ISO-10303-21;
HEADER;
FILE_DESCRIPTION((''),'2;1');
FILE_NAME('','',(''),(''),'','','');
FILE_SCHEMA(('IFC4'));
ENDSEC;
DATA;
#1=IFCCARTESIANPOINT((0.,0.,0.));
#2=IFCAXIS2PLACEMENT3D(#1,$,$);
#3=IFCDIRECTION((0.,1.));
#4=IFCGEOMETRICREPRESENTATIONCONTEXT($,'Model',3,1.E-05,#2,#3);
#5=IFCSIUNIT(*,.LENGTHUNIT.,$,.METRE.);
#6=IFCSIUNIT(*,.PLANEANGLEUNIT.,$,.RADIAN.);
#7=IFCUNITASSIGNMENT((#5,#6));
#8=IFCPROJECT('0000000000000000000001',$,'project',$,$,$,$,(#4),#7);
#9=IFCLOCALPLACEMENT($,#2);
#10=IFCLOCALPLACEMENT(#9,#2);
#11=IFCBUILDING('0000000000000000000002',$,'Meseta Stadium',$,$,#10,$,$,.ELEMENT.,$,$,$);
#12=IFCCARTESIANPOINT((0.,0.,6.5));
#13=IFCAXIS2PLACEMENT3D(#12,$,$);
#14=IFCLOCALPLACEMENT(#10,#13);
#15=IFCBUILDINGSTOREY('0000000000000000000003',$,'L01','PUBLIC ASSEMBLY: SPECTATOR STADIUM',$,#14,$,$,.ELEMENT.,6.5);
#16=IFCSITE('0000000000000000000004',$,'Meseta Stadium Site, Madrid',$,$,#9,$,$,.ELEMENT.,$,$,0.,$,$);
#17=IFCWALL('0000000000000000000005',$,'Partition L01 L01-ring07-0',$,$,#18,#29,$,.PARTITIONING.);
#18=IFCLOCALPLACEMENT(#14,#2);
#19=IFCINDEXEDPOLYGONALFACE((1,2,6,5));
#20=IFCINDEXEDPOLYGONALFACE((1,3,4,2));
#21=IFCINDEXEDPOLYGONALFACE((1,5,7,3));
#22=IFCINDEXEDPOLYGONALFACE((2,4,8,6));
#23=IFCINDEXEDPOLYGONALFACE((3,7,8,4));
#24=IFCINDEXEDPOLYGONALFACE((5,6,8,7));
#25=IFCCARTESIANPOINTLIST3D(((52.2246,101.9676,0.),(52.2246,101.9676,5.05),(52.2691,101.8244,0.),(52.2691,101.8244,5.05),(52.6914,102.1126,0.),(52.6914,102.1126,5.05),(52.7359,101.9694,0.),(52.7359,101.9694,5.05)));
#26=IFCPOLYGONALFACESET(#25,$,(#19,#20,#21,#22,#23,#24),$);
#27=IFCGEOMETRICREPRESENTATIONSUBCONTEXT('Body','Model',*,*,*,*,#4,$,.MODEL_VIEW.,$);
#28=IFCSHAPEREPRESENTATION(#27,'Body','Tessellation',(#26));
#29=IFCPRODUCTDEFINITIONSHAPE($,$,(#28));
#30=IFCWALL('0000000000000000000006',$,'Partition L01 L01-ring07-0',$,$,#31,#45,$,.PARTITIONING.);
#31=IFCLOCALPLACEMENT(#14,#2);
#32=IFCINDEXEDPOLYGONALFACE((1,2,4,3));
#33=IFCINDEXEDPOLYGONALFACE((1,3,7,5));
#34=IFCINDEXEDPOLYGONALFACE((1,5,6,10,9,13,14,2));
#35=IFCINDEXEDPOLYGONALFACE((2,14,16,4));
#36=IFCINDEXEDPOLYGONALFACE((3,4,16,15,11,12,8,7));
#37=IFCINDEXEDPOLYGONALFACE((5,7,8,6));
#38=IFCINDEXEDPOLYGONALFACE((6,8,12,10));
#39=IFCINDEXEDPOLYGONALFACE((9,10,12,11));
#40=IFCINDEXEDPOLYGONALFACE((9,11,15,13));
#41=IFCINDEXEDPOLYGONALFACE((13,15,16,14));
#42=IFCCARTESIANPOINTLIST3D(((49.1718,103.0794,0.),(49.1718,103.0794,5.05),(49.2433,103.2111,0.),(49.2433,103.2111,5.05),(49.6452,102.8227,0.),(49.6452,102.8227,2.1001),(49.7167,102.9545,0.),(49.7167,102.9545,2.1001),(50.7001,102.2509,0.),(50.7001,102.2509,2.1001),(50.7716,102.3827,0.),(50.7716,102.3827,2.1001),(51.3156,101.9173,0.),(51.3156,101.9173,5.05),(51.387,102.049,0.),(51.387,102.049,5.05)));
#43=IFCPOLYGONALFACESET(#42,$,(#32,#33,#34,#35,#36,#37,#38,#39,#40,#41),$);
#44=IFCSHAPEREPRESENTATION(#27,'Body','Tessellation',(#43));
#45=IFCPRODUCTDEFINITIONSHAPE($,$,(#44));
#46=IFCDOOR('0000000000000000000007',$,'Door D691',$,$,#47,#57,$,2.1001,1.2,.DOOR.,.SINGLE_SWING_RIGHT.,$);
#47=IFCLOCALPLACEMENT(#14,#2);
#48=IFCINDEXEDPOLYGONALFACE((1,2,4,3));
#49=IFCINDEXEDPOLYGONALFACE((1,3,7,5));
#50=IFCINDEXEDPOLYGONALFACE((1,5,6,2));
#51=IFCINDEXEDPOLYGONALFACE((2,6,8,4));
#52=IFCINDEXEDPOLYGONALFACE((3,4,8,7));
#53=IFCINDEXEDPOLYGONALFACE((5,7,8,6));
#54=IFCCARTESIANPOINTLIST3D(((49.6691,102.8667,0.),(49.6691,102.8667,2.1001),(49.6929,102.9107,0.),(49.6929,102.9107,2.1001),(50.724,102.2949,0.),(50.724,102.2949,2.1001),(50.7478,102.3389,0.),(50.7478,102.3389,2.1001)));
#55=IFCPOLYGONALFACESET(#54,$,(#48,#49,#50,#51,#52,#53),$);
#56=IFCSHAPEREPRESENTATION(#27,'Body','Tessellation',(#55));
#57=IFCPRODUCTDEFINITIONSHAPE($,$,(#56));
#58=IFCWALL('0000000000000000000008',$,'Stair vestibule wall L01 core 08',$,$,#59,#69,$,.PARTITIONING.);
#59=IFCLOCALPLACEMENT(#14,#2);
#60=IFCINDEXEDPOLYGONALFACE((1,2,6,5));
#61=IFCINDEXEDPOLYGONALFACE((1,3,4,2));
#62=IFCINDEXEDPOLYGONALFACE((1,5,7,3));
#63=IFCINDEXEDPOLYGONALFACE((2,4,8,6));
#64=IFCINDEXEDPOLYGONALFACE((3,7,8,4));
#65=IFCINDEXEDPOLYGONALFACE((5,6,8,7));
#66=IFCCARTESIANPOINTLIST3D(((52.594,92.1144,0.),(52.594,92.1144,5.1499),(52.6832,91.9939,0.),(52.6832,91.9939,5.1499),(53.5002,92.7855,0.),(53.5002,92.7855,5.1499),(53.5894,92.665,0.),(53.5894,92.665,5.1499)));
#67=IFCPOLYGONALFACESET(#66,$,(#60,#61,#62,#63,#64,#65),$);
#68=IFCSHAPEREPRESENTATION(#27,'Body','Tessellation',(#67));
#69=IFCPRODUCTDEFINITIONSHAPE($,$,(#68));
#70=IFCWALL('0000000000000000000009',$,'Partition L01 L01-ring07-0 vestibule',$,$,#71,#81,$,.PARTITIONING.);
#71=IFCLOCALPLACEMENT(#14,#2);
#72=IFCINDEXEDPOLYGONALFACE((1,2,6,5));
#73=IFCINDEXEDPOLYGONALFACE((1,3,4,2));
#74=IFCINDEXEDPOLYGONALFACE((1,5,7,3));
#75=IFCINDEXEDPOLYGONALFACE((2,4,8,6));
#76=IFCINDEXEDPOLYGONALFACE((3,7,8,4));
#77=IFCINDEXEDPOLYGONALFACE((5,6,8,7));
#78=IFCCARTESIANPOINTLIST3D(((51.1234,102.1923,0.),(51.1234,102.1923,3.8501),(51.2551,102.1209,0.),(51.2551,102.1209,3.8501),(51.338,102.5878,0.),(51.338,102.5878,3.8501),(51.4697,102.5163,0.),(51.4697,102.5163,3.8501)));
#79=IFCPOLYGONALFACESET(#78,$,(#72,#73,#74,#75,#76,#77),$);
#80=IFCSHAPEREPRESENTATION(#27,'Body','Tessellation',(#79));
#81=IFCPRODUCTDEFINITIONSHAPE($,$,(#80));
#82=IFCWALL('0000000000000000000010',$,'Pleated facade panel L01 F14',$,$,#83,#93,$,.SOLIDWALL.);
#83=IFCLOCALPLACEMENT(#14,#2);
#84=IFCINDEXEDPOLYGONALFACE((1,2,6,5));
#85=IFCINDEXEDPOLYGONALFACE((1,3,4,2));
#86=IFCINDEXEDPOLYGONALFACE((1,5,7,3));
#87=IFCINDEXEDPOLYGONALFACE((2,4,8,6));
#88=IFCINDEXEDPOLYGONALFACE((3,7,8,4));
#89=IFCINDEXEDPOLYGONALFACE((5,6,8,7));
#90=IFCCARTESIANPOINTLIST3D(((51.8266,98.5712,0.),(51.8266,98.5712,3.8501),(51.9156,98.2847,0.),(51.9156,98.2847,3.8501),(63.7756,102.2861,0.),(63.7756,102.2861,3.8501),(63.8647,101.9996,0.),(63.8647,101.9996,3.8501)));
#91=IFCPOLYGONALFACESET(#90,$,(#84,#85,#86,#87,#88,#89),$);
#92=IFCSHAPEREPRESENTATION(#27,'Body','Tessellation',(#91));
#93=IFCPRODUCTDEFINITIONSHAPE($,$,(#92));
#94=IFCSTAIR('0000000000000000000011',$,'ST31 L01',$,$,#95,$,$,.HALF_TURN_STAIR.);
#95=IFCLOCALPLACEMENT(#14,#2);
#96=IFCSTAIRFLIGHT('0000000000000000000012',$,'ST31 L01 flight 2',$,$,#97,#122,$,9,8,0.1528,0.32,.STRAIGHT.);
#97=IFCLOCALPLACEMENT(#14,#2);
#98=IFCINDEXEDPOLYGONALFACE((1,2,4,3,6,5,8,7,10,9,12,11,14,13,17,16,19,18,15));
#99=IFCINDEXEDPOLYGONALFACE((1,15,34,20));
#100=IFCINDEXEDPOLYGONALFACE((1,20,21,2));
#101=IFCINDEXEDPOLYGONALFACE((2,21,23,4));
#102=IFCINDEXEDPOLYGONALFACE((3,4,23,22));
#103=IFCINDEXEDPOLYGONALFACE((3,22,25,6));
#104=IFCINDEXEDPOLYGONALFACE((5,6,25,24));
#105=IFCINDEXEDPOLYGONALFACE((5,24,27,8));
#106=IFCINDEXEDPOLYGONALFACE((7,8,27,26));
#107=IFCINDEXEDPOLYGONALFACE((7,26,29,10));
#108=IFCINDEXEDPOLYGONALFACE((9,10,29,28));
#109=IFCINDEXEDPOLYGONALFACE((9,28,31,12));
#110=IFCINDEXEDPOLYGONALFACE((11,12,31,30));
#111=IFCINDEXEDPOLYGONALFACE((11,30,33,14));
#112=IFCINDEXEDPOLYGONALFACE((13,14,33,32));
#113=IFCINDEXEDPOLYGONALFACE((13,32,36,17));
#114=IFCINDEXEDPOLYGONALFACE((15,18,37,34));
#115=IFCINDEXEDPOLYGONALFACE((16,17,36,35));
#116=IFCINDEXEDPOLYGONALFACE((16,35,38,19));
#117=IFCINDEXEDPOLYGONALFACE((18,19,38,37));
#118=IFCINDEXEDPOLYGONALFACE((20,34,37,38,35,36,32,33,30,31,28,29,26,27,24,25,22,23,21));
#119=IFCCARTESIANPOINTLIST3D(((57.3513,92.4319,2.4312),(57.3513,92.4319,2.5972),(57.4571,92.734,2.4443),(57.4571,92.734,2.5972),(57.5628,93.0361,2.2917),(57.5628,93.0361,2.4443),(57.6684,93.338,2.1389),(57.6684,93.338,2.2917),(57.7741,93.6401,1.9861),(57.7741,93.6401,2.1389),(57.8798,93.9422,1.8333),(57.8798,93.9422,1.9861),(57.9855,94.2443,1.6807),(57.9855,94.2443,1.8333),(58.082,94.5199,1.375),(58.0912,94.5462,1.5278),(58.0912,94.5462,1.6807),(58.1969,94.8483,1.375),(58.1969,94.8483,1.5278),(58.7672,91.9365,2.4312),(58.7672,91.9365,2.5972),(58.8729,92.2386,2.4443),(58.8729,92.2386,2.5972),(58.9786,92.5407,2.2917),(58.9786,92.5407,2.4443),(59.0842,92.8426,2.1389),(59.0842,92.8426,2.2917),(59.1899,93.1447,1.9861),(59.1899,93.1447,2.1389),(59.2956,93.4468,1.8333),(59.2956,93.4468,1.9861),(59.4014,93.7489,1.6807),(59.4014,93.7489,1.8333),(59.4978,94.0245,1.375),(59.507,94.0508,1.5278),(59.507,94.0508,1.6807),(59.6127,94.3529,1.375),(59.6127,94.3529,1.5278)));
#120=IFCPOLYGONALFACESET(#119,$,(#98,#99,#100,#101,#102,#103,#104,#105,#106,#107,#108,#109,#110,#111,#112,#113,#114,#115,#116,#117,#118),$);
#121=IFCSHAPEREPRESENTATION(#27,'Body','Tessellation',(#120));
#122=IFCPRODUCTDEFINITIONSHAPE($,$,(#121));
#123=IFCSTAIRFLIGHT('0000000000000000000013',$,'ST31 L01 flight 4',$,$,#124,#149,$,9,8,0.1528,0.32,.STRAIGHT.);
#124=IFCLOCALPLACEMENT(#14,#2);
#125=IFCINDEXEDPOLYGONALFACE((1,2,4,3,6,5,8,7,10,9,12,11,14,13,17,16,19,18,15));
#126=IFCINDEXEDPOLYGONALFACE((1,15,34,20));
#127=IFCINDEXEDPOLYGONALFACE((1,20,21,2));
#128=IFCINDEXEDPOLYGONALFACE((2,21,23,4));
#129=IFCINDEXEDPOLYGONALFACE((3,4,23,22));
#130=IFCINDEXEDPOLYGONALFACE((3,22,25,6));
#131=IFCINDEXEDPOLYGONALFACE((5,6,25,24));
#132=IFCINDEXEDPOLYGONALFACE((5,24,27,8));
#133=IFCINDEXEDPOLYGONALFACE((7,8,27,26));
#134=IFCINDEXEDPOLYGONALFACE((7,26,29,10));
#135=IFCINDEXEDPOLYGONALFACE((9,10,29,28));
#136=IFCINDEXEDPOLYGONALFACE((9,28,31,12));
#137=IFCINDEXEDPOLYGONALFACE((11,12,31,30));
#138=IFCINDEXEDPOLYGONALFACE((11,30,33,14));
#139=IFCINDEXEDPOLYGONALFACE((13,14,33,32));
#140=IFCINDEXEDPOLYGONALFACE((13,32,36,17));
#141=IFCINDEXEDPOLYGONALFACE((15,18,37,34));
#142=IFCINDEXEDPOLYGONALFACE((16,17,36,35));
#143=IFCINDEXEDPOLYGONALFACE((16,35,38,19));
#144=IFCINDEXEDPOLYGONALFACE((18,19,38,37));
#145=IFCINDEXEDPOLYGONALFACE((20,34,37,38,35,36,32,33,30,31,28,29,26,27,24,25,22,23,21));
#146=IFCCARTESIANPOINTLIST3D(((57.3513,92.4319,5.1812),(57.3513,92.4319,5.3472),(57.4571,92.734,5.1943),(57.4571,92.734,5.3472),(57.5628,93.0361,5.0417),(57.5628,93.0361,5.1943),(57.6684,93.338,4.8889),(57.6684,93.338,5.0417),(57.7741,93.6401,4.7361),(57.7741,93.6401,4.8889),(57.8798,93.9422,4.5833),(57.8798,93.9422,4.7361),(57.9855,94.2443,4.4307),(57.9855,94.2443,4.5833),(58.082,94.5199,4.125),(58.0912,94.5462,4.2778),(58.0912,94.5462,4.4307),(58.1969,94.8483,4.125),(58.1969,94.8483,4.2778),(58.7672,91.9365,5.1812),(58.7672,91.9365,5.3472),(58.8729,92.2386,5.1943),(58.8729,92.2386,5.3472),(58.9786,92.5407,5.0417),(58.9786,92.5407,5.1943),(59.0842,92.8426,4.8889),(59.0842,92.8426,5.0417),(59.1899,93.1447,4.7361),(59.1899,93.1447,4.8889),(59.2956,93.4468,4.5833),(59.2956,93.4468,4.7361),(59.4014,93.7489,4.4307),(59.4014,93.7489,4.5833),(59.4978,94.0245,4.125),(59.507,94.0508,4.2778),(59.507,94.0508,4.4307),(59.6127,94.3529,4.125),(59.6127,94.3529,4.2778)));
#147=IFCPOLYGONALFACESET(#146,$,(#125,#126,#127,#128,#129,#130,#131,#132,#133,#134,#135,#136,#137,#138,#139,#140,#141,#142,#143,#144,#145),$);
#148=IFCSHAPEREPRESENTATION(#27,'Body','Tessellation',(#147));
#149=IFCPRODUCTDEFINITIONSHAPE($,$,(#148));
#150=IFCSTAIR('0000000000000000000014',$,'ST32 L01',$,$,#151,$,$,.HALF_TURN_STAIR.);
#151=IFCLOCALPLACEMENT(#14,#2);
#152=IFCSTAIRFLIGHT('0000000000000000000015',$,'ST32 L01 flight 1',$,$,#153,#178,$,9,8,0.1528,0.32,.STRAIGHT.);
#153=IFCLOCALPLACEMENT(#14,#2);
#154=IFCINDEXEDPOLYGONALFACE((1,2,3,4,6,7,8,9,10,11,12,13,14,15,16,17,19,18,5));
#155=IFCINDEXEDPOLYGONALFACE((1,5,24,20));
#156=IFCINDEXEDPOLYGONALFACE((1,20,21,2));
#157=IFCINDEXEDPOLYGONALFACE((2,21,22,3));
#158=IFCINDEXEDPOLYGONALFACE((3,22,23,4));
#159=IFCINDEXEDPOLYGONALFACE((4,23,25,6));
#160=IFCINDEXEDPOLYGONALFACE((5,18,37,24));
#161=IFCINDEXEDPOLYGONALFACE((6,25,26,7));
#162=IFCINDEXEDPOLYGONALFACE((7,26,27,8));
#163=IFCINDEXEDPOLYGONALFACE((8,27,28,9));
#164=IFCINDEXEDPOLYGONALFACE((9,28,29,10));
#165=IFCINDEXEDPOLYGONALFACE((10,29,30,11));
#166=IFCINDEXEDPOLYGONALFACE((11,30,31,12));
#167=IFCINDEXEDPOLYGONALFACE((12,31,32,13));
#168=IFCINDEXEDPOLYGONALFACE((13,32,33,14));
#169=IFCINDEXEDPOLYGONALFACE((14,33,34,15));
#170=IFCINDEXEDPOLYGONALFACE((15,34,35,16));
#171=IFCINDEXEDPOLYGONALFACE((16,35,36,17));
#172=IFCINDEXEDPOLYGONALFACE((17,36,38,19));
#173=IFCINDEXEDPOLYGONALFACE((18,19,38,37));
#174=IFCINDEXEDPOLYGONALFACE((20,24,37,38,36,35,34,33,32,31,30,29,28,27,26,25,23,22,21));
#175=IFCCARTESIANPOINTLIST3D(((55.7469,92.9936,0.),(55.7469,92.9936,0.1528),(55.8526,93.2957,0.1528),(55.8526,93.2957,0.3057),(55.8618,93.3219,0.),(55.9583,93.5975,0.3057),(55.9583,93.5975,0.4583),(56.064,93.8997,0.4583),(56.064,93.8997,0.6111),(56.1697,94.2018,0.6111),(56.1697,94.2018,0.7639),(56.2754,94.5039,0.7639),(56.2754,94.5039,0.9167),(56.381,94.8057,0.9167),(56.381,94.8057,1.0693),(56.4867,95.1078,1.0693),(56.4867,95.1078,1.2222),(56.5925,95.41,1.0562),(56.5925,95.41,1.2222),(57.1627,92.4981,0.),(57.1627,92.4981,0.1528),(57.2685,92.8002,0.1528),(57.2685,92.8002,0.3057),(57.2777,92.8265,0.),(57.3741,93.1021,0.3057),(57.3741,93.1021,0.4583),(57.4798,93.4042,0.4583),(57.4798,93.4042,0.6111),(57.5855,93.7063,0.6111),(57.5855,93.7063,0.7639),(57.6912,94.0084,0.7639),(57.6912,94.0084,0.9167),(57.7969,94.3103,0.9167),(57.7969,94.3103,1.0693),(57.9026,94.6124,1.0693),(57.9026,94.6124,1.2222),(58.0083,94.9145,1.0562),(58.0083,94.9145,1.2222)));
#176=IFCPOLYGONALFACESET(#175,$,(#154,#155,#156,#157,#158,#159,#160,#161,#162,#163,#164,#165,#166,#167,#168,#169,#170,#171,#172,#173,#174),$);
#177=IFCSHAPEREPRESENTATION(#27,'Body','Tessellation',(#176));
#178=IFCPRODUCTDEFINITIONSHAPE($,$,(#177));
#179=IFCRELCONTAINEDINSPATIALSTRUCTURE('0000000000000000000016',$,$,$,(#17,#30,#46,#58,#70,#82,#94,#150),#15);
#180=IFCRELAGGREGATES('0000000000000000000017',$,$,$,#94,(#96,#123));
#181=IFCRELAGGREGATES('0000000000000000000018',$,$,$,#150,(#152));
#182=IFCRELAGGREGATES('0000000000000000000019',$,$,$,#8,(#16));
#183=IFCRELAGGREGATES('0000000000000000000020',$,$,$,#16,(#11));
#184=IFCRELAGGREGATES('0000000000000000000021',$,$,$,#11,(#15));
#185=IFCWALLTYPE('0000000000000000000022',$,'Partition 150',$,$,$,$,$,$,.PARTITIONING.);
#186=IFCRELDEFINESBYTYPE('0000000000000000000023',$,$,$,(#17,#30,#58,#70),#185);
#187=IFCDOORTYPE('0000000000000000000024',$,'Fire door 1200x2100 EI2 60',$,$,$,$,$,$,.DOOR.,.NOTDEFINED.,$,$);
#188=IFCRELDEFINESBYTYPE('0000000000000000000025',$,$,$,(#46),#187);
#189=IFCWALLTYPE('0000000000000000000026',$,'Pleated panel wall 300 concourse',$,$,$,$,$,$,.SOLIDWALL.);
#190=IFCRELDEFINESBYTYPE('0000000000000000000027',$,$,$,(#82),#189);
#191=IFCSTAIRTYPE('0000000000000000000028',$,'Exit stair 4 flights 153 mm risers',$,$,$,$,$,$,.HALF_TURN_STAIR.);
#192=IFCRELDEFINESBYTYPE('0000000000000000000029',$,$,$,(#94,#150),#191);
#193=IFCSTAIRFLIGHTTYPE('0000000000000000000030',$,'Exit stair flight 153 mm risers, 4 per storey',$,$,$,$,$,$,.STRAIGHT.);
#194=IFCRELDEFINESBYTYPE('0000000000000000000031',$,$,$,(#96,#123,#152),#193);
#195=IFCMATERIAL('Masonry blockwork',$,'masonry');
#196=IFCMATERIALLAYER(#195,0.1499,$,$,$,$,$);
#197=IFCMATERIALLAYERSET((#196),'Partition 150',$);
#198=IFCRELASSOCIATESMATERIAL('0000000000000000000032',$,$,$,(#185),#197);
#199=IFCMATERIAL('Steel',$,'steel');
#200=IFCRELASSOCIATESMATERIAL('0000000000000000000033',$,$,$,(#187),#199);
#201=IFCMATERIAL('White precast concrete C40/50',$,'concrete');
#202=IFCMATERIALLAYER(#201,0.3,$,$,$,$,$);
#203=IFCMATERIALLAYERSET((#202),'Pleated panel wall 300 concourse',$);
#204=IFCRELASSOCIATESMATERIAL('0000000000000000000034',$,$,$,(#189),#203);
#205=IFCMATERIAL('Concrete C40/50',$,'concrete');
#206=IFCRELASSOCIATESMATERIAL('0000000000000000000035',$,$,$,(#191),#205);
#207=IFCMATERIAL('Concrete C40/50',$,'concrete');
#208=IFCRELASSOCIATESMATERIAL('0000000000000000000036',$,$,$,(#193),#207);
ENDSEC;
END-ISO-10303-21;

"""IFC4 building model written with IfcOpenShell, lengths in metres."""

from ifc_helpers import new_model, si_unit, direction, frame, frame_2d, origin, place, context, subcontext, project, spatial, polyline, rectangle, outline, extrude, material, layer, layer_set, type_object, element, fill, aggregate, save


model = new_model("IFC4")

# Units and contexts
model_context = context("Model", 3, precision=1e-05, world=origin(), true_north=direction((0.0, 1.0)))
body_context = subcontext(model_context, "Body", "Model", "MODEL_VIEW")
ifc_project = project(units=[si_unit("LENGTHUNIT", "METRE"), si_unit("PLANEANGLEUNIT", "RADIAN")], contexts=[model_context])

# Site, building, storey
site_placement = place(None, origin())
site = spatial("IfcSite", under=ifc_project, at=site_placement, Name="Meseta Stadium Site, Madrid", CompositionType="ELEMENT", RefElevation=0.0)
building_placement = place(site_placement, origin())
building = spatial("IfcBuilding", under=site, at=building_placement, Name="Meseta Stadium", CompositionType="ELEMENT")
storey_placement = place(building_placement, frame((0.0, 0.0, 6.5)))
storey = spatial("IfcBuildingStorey", under=building, at=storey_placement, Name="L01", Description="PUBLIC ASSEMBLY: SPECTATOR STADIUM", CompositionType="ELEMENT", Elevation=6.5)

# Shared definitions
ifc_material_1 = material(Name="Masonry blockwork", Category="masonry")
ifc_layer_1 = layer(ifc_material_1, 0.1499)
ifc_layer_set_1 = layer_set([ifc_layer_1], Name="Partition 150")
wall_type_1 = type_object("IfcWallType", Name="Partition 150", PredefinedType="PARTITIONING", material=ifc_layer_set_1)

# Wall
wall_1_placement = place(storey_placement, frame((52.7136, 102.041, 0.0), z_axis=(0.0, 0.0, 1.0), x_axis=(-0.954976, -0.296682, 0.0)))
element("IfcWall", 1, at=wall_1_placement, inside=storey, type_object=wall_type_1, Name="Partition L01 L01-ring07-0", PredefinedType="PARTITIONING", context=body_context, shape_type="SweptSolid", body=[
    extrude(rectangle(XDim=0.4888, YDim=0.1499, at=frame_2d((0.2444, 0.0))), origin(), (0.0, 0.0, 1.0), 5.05),
])

# Wall, opening, door
wall_2_placement = place(storey_placement, frame((51.3513, 101.9832, 0.0), z_axis=(0.0, 0.0, 1.0), x_axis=(-0.87914, 0.476564, 0.0)))
wall_2 = element("IfcWall", 2, at=wall_2_placement, inside=storey, type_object=wall_type_1, Name="Partition L01 L01-ring07-0", PredefinedType="PARTITIONING", context=body_context, shape_type="SweptSolid", body=[
    extrude(rectangle(XDim=2.4385, YDim=0.1499, at=frame_2d((1.2192, 0.0))), origin(), (0.0, 0.0, 1.0), 5.05),
])
opening_1_placement = place(wall_2_placement, frame((0.7, 0.0, 0.0)))
opening_1 = element("IfcOpeningElement", 3, at=opening_1_placement, cuts=wall_2, PredefinedType="OPENING", context=body_context, shape_type="SweptSolid", body=[
    extrude(rectangle(XDim=1.2, YDim=2.1001, at=frame_2d((0.6001, 1.05))), frame((0.0, 0.085, 0.0), z_axis=(0.0, -1.0, 0.0), x_axis=(1.0, 0.0, 0.0)), (0.0, 0.0, 1.0), 0.1699),
])
ifc_material_2 = material(Name="Steel", Category="steel")
door_type_1 = type_object("IfcDoorType", Name="Fire door 1200x2100 EI2 60", OperationType="NOTDEFINED", PredefinedType="DOOR", material=ifc_material_2)
door_1_placement = place(opening_1_placement, origin())
door_1 = element("IfcDoor", 4, at=door_1_placement, inside=storey, type_object=door_type_1, Name="Door D691", OperationType="SINGLE_SWING_RIGHT", OverallHeight=2.1001, OverallWidth=1.2, PredefinedType="DOOR", context=body_context, shape_type="SweptSolid", body=[
    extrude(rectangle(XDim=1.2, YDim=2.1001, at=frame_2d((0.6001, 1.05))), frame((0.0, 0.0249, 0.0), z_axis=(0.0, -1.0, 0.0), x_axis=(1.0, 0.0, 0.0)), (0.0, 0.0, 1.0), 0.05),
])
fill(opening_1, door_1)

# Walls
wall_3_placement = place(storey_placement, frame((53.5449, 92.7253, 0.0), z_axis=(0.0, 0.0, 1.0), x_axis=(-0.803622, -0.59514, 0.0)))
element("IfcWall", 5, at=wall_3_placement, inside=storey, type_object=wall_type_1, Name="Stair vestibule wall L01 core 08", PredefinedType="PARTITIONING", context=body_context, shape_type="SweptSolid", body=[
    extrude(rectangle(XDim=1.1277, YDim=0.1499, at=frame_2d((0.564, 0.0))), origin(), (0.0, 0.0, 1.0), 5.1499),
])
wall_4_placement = place(storey_placement, frame((51.1892, 102.1565, 0.0), z_axis=(0.0, 0.0, 1.0), x_axis=(0.476912, 0.878951, 0.0)))
element("IfcWall", 6, at=wall_4_placement, inside=storey, type_object=wall_type_1, Name="Partition L01 L01-ring07-0 vestibule", PredefinedType="PARTITIONING", context=body_context, shape_type="SweptSolid", body=[
    extrude(rectangle(XDim=0.45, YDim=0.1499, at=frame_2d((0.2251, 0.0))), origin(), (0.0, 0.0, 1.0), 3.8501),
])
ifc_material_3 = material(Name="White precast concrete C40/50", Category="concrete")
ifc_layer_2 = layer(ifc_material_3, 0.3)
ifc_layer_set_2 = layer_set([ifc_layer_2], Name="Pleated panel wall 300 concourse")
wall_type_2 = type_object("IfcWallType", Name="Pleated panel wall 300 concourse", PredefinedType="SOLIDWALL", material=ifc_layer_set_2)
wall_5_placement = place(storey_placement, frame((51.8711, 98.428, 0.0), z_axis=(0.0, 0.0, 1.0), x_axis=(0.954916, 0.296876, 0.0)))
element("IfcWall", 7, at=wall_5_placement, inside=storey, type_object=wall_type_2, Name="Pleated facade panel L01 F14", PredefinedType="SOLIDWALL", context=body_context, shape_type="SweptSolid", body=[
    extrude(rectangle(XDim=12.5132, YDim=0.3, at=frame_2d((6.2566, 0.0))), origin(), (0.0, 0.0, 1.0), 3.8501),
])

# Stairs, stair flights
ifc_material_4 = material(Name="Concrete C40/50", Category="concrete")
stair_type = type_object("IfcStairType", Name="Exit stair 4 flights 153 mm risers", PredefinedType="HALF_TURN_STAIR", material=ifc_material_4)
stair_1_placement = place(storey_placement, origin())
stair_1 = element("IfcStair", 8, at=stair_1_placement, inside=storey, type_object=stair_type, Name="ST31 L01", PredefinedType="HALF_TURN_STAIR")
ifc_material_5 = material(Name="Concrete C40/50", Category="concrete")
stair_flight_type = type_object("IfcStairFlightType", Name="Exit stair flight 153 mm risers, 4 per storey", PredefinedType="STRAIGHT", material=ifc_material_5)
stair_flight_1_placement = place(storey_placement, frame((58.9048, 94.6006, 1.375), z_axis=(0.0, 0.0, 1.0), x_axis=(-0.330279, -0.943883, 0.0)))
stair_flight_1 = element("IfcStairFlight", 9, at=stair_flight_1_placement, type_object=stair_flight_type, Name="ST31 L01 flight 2", NumberOfRisers=9, NumberOfTreads=8, PredefinedType="STRAIGHT", RiserHeight=0.1528, TreadLength=0.32, context=body_context, shape_type="SweptSolid", body=[
    extrude(outline(polyline([(0.0, 0.0), (0.0, 0.1528), (0.3201, 0.1528), (0.3201, 0.3057), (0.6399, 0.3057), (0.6399, 0.4583), (0.96, 0.4583), (0.96, 0.6111), (1.28, 0.6111), (1.28, 0.7639), (1.6001, 0.7639), (1.6001, 0.9167), (1.9199, 0.9167), (1.9199, 1.0693), (2.24, 1.0693), (2.24, 1.2222), (2.5601, 1.2222), (2.5601, 1.0562), (0.3479, 0.0), (0.0, 0.0)])), frame((0.0, 0.75, 0.0), z_axis=(0.0, -1.0, 0.0), x_axis=(1.0, 0.0, 0.0)), (0.0, 0.0, 1.0), 1.5),
])
stair_flight_2_placement = place(storey_placement, frame((58.9048, 94.6006, 4.125), z_axis=(0.0, 0.0, 1.0), x_axis=(-0.330279, -0.943883, 0.0)))
stair_flight_2 = element("IfcStairFlight", 10, at=stair_flight_2_placement, type_object=stair_flight_type, Name="ST31 L01 flight 4", NumberOfRisers=9, NumberOfTreads=8, PredefinedType="STRAIGHT", RiserHeight=0.1528, TreadLength=0.32, context=body_context, shape_type="SweptSolid", body=[
    extrude(outline(polyline([(0.0, 0.0), (0.0, 0.1528), (0.3201, 0.1528), (0.3201, 0.3057), (0.6399, 0.3057), (0.6399, 0.4583), (0.96, 0.4583), (0.96, 0.6111), (1.28, 0.6111), (1.28, 0.7639), (1.6001, 0.7639), (1.6001, 0.9167), (1.9199, 0.9167), (1.9199, 1.0693), (2.24, 1.0693), (2.24, 1.2222), (2.5601, 1.2222), (2.5601, 1.0562), (0.3479, 0.0), (0.0, 0.0)])), frame((0.0, 0.75, 0.0), z_axis=(0.0, -1.0, 0.0), x_axis=(1.0, 0.0, 0.0)), (0.0, 0.0, 1.0), 1.5),
])
aggregate(stair_1, [stair_flight_1, stair_flight_2])
stair_2_placement = place(storey_placement, origin())
stair_2 = element("IfcStair", 11, at=stair_2_placement, inside=storey, type_object=stair_type, Name="ST32 L01", PredefinedType="HALF_TURN_STAIR")
stair_flight_3_placement = place(storey_placement, frame((56.4548, 92.7458, 0.0), z_axis=(0.0, 0.0, 1.0), x_axis=(0.330279, 0.943883, 0.0)))
stair_flight_3 = element("IfcStairFlight", 12, at=stair_flight_3_placement, type_object=stair_flight_type, Name="ST32 L01 flight 1", NumberOfRisers=9, NumberOfTreads=8, PredefinedType="STRAIGHT", RiserHeight=0.1528, TreadLength=0.32, context=body_context, shape_type="SweptSolid", body=[
    extrude(outline(polyline([(0.0, 0.0), (0.0, 0.1528), (0.3201, 0.1528), (0.3201, 0.3057), (0.6399, 0.3057), (0.6399, 0.4583), (0.96, 0.4583), (0.96, 0.6111), (1.28, 0.6111), (1.28, 0.7639), (1.6001, 0.7639), (1.6001, 0.9167), (1.9199, 0.9167), (1.9199, 1.0693), (2.24, 1.0693), (2.24, 1.2222), (2.5601, 1.2222), (2.5601, 1.0562), (0.3479, 0.0), (0.0, 0.0)])), frame((0.0, 0.75, 0.0), z_axis=(0.0, -1.0, 0.0), x_axis=(1.0, 0.0, 0.0)), (0.0, 0.0, 1.0), 1.5),
])
aggregate(stair_2, [stair_flight_3])

save(model, "model.ifc")
